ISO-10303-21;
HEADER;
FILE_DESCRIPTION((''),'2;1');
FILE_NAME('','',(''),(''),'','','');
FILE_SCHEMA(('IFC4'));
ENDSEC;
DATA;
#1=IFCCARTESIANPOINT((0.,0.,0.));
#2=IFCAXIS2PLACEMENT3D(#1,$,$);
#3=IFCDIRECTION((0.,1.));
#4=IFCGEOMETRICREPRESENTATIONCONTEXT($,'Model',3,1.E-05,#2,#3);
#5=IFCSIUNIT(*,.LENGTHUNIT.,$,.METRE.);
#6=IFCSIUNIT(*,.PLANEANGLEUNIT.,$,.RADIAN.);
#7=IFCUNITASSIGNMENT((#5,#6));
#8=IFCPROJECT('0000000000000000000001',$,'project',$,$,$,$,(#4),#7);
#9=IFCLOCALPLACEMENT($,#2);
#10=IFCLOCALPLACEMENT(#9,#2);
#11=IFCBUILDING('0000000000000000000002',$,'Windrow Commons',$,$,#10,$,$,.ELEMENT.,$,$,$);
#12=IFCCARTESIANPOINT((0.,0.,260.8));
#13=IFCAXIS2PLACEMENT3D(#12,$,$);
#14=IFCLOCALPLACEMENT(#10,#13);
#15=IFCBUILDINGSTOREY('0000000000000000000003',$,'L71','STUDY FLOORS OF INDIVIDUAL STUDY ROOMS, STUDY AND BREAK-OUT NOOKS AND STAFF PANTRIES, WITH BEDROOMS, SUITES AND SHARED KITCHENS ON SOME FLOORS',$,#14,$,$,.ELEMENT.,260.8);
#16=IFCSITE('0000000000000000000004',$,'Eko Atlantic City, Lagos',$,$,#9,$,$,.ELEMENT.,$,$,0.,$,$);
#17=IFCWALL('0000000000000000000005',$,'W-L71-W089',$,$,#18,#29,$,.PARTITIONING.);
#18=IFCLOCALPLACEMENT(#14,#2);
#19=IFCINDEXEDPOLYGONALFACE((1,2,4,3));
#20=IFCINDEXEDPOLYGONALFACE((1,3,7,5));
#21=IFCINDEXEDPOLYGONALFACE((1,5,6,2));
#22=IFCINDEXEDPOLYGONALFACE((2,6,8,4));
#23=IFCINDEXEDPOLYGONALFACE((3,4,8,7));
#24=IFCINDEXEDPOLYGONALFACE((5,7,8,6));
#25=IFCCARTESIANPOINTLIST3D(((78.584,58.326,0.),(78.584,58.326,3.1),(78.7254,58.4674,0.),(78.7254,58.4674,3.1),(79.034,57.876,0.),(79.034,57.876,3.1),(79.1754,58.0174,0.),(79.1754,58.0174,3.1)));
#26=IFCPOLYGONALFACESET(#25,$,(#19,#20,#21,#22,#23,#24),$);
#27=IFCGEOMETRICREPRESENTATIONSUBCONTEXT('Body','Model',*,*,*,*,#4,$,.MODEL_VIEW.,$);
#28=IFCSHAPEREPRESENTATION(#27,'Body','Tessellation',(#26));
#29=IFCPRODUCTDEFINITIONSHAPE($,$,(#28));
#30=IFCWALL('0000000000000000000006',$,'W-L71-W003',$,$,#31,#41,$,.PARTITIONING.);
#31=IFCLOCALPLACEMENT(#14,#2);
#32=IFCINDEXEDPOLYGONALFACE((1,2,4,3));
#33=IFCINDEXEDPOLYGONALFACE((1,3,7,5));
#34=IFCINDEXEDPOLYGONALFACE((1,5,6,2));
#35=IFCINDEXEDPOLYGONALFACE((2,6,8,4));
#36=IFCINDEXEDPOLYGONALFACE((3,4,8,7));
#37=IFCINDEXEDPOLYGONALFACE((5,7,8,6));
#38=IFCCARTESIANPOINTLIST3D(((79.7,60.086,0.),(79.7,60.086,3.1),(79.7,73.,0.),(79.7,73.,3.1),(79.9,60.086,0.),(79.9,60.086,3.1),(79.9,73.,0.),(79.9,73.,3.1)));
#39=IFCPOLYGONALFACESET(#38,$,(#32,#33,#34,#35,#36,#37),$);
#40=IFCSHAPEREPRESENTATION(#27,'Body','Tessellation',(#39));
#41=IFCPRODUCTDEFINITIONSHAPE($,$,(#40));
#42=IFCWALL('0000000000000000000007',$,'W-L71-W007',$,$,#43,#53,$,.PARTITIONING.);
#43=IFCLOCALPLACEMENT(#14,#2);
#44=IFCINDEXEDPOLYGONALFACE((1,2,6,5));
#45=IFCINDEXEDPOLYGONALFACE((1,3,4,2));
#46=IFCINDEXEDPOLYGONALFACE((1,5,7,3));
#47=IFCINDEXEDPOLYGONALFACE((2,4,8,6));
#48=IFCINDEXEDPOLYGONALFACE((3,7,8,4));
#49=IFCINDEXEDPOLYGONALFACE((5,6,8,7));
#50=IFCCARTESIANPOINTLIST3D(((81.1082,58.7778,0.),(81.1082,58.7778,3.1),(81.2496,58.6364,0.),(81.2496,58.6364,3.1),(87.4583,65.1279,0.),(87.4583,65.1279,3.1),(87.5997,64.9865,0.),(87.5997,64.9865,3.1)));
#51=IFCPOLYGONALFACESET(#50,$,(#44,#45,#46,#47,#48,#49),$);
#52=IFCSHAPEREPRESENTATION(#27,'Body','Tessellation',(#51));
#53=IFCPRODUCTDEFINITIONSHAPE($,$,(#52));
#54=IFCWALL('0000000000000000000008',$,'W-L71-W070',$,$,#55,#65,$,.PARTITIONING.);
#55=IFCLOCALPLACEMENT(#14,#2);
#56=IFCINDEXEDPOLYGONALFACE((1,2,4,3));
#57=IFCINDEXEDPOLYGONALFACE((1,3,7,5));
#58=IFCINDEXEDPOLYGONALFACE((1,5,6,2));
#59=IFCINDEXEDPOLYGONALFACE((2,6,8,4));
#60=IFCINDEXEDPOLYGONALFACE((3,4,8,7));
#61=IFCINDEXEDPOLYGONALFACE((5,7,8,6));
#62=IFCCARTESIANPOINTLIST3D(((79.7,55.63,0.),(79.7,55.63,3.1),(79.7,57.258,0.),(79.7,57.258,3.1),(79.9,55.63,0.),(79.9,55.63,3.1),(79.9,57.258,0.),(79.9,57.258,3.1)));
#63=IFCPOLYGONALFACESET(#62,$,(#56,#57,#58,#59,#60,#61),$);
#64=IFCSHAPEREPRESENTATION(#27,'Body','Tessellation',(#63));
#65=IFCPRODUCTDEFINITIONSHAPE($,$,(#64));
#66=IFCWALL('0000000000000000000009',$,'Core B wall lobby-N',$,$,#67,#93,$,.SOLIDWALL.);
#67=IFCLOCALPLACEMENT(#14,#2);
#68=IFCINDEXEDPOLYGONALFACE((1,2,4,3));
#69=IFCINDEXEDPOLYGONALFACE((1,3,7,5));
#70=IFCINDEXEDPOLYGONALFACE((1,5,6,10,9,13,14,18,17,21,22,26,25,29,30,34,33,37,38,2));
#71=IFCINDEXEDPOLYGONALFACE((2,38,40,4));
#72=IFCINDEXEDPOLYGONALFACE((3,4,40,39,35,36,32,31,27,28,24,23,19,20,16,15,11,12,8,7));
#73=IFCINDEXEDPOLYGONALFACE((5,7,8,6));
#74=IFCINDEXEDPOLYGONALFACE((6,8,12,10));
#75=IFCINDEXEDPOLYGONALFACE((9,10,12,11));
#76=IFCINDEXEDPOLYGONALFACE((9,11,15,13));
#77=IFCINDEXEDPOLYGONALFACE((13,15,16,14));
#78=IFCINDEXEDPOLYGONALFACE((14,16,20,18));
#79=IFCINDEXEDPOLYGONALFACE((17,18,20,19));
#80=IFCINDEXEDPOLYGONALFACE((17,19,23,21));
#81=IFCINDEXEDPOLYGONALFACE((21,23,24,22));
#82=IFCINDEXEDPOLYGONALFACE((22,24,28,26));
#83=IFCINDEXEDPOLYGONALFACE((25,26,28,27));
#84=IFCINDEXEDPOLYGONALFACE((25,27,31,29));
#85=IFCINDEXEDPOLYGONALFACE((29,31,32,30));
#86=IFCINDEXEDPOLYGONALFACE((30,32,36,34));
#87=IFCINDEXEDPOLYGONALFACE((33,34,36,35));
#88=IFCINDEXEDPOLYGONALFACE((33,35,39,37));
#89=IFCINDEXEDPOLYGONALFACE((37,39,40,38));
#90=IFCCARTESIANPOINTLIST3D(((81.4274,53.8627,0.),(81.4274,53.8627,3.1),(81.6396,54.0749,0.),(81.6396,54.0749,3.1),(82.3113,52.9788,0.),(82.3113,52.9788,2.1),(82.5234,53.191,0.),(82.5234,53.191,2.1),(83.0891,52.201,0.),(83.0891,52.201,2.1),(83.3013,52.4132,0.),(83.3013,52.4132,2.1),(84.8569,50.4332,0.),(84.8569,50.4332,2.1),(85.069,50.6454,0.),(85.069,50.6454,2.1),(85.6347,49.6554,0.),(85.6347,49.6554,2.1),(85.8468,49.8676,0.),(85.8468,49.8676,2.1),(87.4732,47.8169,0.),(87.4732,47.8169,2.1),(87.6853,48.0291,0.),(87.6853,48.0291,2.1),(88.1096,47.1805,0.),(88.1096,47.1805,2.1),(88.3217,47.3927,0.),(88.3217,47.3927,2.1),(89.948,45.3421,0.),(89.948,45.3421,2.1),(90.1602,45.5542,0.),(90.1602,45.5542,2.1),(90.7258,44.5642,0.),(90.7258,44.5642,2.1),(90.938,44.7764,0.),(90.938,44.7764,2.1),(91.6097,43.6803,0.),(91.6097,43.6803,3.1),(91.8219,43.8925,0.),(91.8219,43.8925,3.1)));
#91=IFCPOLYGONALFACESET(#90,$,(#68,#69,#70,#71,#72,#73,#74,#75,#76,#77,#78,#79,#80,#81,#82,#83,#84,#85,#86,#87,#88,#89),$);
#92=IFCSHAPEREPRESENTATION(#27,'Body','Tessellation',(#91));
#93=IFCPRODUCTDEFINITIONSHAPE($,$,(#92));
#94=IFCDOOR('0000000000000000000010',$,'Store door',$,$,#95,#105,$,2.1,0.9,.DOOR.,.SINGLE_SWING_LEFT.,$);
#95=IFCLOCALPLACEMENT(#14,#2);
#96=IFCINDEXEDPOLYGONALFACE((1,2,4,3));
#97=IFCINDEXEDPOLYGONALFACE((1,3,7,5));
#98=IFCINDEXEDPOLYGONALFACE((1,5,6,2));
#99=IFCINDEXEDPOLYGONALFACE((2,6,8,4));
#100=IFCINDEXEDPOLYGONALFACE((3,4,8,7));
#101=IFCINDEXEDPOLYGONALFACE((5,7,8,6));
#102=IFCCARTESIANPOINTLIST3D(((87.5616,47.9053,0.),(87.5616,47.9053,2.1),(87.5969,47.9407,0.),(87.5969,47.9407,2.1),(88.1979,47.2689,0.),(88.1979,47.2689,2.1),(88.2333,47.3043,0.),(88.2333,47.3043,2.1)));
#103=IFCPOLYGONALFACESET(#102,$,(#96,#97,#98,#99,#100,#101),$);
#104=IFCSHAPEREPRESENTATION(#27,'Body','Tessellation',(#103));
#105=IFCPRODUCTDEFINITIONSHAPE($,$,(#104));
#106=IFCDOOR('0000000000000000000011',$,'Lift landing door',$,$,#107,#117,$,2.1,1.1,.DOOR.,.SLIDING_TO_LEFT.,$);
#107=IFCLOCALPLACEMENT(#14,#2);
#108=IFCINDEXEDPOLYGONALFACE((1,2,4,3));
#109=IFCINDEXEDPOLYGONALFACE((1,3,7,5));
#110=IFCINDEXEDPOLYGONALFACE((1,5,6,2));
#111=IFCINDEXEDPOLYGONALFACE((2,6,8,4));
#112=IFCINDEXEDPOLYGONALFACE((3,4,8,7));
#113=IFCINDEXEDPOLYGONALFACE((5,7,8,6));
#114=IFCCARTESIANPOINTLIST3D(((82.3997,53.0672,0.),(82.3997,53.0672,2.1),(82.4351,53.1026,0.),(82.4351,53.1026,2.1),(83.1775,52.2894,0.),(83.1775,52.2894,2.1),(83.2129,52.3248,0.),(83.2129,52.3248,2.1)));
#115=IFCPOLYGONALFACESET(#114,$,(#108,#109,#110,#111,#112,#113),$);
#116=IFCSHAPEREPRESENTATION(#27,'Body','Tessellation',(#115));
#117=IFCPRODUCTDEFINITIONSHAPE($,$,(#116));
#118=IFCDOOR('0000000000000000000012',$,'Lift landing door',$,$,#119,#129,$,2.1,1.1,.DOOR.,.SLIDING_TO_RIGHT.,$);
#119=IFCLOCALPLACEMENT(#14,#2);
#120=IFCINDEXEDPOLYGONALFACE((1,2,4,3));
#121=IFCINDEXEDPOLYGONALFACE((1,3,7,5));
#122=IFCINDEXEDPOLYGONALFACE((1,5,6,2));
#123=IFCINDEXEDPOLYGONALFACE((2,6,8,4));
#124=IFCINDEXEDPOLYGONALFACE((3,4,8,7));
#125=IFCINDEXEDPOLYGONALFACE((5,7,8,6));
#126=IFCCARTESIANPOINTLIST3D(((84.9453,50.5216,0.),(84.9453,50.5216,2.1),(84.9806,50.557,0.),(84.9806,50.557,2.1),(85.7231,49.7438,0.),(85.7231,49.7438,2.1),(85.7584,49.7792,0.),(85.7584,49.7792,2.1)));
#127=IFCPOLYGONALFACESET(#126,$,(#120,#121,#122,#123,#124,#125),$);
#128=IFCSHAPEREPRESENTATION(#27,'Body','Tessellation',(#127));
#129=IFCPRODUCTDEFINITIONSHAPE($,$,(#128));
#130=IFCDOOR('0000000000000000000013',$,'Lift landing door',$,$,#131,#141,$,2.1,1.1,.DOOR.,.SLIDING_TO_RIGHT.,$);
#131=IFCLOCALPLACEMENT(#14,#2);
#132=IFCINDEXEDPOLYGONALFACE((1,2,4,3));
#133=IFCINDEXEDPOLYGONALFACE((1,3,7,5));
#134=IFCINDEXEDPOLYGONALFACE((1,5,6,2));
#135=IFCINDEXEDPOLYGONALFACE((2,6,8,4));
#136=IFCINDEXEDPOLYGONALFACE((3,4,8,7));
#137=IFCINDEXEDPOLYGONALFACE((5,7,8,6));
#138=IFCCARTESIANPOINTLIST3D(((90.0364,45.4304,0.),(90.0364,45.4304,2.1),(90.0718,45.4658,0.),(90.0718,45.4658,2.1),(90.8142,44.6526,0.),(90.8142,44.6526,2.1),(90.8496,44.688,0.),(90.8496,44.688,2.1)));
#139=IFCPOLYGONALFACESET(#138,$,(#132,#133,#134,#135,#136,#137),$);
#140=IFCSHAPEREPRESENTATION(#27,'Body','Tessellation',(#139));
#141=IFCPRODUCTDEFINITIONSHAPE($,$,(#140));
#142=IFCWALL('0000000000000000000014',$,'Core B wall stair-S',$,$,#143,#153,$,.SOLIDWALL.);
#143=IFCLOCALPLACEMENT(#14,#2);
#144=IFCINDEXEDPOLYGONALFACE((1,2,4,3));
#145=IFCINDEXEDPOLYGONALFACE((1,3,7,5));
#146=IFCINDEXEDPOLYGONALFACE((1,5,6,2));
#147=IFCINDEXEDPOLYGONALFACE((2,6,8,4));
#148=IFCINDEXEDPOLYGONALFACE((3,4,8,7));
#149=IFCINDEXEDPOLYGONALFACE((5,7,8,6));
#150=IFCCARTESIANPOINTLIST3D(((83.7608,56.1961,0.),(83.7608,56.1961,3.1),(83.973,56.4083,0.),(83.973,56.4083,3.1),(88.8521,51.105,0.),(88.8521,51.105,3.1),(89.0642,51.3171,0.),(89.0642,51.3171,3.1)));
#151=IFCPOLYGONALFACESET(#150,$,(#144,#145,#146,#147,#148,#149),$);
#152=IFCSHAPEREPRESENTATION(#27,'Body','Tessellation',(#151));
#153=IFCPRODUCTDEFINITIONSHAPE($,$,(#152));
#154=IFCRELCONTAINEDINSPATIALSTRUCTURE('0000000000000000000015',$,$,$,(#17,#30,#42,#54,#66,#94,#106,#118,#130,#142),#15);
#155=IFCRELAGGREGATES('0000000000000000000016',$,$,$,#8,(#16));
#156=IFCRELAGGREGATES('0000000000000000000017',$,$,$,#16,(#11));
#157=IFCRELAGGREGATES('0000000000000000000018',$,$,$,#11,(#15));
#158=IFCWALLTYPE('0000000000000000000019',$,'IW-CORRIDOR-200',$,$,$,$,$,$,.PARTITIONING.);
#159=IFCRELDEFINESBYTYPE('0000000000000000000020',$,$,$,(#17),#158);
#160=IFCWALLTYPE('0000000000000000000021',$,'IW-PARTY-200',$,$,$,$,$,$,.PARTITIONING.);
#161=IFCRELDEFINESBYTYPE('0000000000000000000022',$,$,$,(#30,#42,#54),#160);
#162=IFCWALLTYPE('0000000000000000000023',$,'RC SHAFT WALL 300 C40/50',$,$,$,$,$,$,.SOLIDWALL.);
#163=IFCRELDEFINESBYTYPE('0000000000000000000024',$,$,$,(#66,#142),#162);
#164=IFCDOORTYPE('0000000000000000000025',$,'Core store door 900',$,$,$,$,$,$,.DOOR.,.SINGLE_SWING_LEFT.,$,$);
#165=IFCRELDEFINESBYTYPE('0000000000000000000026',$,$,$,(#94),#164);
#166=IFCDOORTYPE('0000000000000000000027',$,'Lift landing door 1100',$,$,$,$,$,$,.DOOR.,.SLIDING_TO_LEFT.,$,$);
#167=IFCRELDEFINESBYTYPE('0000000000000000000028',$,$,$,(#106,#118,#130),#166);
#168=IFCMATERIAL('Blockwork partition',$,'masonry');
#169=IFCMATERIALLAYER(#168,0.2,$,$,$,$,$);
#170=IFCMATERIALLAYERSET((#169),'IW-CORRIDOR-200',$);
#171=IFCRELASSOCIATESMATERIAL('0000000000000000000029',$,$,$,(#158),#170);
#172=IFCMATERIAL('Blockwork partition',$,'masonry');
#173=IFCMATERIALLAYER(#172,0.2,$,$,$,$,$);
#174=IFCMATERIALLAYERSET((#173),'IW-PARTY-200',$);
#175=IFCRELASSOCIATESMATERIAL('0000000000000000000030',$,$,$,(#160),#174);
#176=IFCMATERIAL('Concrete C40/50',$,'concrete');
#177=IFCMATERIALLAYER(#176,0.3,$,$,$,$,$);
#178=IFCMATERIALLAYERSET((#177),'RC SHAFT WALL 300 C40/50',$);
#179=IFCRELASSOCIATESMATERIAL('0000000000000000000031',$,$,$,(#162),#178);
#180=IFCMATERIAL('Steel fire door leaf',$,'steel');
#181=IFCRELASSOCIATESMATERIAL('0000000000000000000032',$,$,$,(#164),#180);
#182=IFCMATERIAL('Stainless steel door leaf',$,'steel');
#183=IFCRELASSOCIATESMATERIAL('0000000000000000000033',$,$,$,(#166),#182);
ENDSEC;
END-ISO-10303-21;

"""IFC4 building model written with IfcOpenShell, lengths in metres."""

from ifc_helpers import new_model, si_unit, direction, frame, frame_2d, origin, place, context, subcontext, project, spatial, rectangle, extrude, material, layer, layer_set, type_object, element, fill, save


model = new_model("IFC4")

# Units and contexts
model_context = context("Model", 3, precision=1e-05, world=origin(), true_north=direction((0.0, 1.0)))
body_context = subcontext(model_context, "Body", "Model", "MODEL_VIEW")
ifc_project = project(units=[si_unit("LENGTHUNIT", "METRE"), si_unit("PLANEANGLEUNIT", "RADIAN")], contexts=[model_context])

# Site, building, storey
site_placement = place(None, origin())
site = spatial("IfcSite", under=ifc_project, at=site_placement, Name="Eko Atlantic City, Lagos", CompositionType="ELEMENT", RefElevation=0.0)
building_placement = place(site_placement, origin())
building = spatial("IfcBuilding", under=site, at=building_placement, Name="Windrow Commons", CompositionType="ELEMENT")
storey_placement = place(building_placement, frame((0.0, 0.0, 260.8)))
storey = spatial("IfcBuildingStorey", under=building, at=storey_placement, Name="L71", Description="STUDY FLOORS OF INDIVIDUAL STUDY ROOMS, STUDY AND BREAK-OUT NOOKS AND STAFF PANTRIES, WITH BEDROOMS, SUITES AND SHARED KITCHENS ON SOME FLOORS", CompositionType="ELEMENT", Elevation=260.8)

# Shared definitions
ifc_material_1 = material(Name="Blockwork partition", Category="masonry")
ifc_layer_1 = layer(ifc_material_1, 0.2)
ifc_layer_set_1 = layer_set([ifc_layer_1], Name="IW-CORRIDOR-200")
wall_type_1 = type_object("IfcWallType", Name="IW-CORRIDOR-200", PredefinedType="PARTITIONING", material=ifc_layer_set_1)

# Walls
wall_1_placement = place(storey_placement, frame((78.6547, 58.3967, 0.0), z_axis=(0.0, 0.0, 1.0), x_axis=(0.707107, -0.707107, 0.0)))
element("IfcWall", 1, at=wall_1_placement, inside=storey, type_object=wall_type_1, Name="W-L71-W089", PredefinedType="PARTITIONING", context=body_context, shape_type="SweptSolid", body=[
    extrude(rectangle(XDim=0.6364, YDim=0.2, at=frame_2d((0.3182, 0.0))), origin(), (0.0, 0.0, 1.0), 3.1),
])
ifc_material_2 = material(Name="Blockwork partition", Category="masonry")
ifc_layer_2 = layer(ifc_material_2, 0.2)
ifc_layer_set_2 = layer_set([ifc_layer_2], Name="IW-PARTY-200")
wall_type_2 = type_object("IfcWallType", Name="IW-PARTY-200", PredefinedType="PARTITIONING", material=ifc_layer_set_2)
wall_2_placement = place(storey_placement, frame((79.8, 60.086, 0.0), z_axis=(0.0, 0.0, 1.0), x_axis=(0.0, 1.0, 0.0)))
element("IfcWall", 2, at=wall_2_placement, inside=storey, type_object=wall_type_2, Name="W-L71-W003", PredefinedType="PARTITIONING", context=body_context, shape_type="SweptSolid", body=[
    extrude(rectangle(XDim=12.914, YDim=0.2, at=frame_2d((6.457, 0.0))), origin(), (0.0, 0.0, 1.0), 3.1),
])
wall_3_placement = place(storey_placement, frame((81.1789, 58.7071, 0.0), z_axis=(0.0, 0.0, 1.0), x_axis=(0.707107, 0.707107, 0.0)))
element("IfcWall", 3, at=wall_3_placement, inside=storey, type_object=wall_type_2, Name="W-L71-W007", PredefinedType="PARTITIONING", context=body_context, shape_type="SweptSolid", body=[
    extrude(rectangle(XDim=8.9804, YDim=0.2, at=frame_2d((4.4902, 0.0))), origin(), (0.0, 0.0, 1.0), 3.1),
])
wall_4_placement = place(storey_placement, frame((79.8, 55.63, 0.0), z_axis=(0.0, 0.0, 1.0), x_axis=(0.0, 1.0, 0.0)))
element("IfcWall", 4, at=wall_4_placement, inside=storey, type_object=wall_type_2, Name="W-L71-W070", PredefinedType="PARTITIONING", context=body_context, shape_type="SweptSolid", body=[
    extrude(rectangle(XDim=1.628, YDim=0.2, at=frame_2d((0.814, 0.0))), origin(), (0.0, 0.0, 1.0), 3.1),
])

# Wall, openings, doors
ifc_material_3 = material(Name="Concrete C40/50", Category="concrete")
ifc_layer_3 = layer(ifc_material_3, 0.3)
ifc_layer_set_3 = layer_set([ifc_layer_3], Name="RC SHAFT WALL 300 C40/50")
wall_type_3 = type_object("IfcWallType", Name="RC SHAFT WALL 300 C40/50", PredefinedType="SOLIDWALL", material=ifc_layer_set_3)
wall_5_placement = place(storey_placement, frame((81.5335, 53.9688, 0.0), z_axis=(0.0, 0.0, 1.0), x_axis=(0.707103, -0.70711, 0.0)))
wall_5 = element("IfcWall", 5, at=wall_5_placement, inside=storey, type_object=wall_type_3, Name="Core B wall lobby-N", PredefinedType="SOLIDWALL", context=body_context, shape_type="SweptSolid", body=[
    extrude(rectangle(XDim=14.4, YDim=0.3, at=frame_2d((7.2, 0.0))), origin(), (0.0, 0.0, 1.0), 3.1),
])
opening_1_placement = place(wall_5_placement, frame((8.55, 0.0, 0.0)))
opening_1 = element("IfcOpeningElement", 6, at=opening_1_placement, cuts=wall_5, PredefinedType="OPENING", context=body_context, shape_type="SweptSolid", body=[
    extrude(rectangle(XDim=0.9, YDim=2.1, at=frame_2d((0.45, 1.05))), frame((0.0, 0.16, 0.0), z_axis=(0.0, -1.0, 0.0), x_axis=(1.0, 0.0, 0.0)), (0.0, 0.0, 1.0), 0.32),
])
opening_2_placement = place(wall_5_placement, frame((1.25, 0.0, 0.0)))
opening_2 = element("IfcOpeningElement", 7, at=opening_2_placement, cuts=wall_5, PredefinedType="OPENING", context=body_context, shape_type="SweptSolid", body=[
    extrude(rectangle(XDim=1.1, YDim=2.1, at=frame_2d((0.55, 1.05))), frame((0.0, 0.16, 0.0), z_axis=(0.0, -1.0, 0.0), x_axis=(1.0, 0.0, 0.0)), (0.0, 0.0, 1.0), 0.32),
])
opening_3_placement = place(wall_5_placement, frame((4.85, 0.0, 0.0)))
opening_3 = element("IfcOpeningElement", 8, at=opening_3_placement, cuts=wall_5, PredefinedType="OPENING", context=body_context, shape_type="SweptSolid", body=[
    extrude(rectangle(XDim=1.1, YDim=2.1, at=frame_2d((0.55, 1.05))), frame((0.0, 0.16, 0.0), z_axis=(0.0, -1.0, 0.0), x_axis=(1.0, 0.0, 0.0)), (0.0, 0.0, 1.0), 0.32),
])
opening_4_placement = place(wall_5_placement, frame((12.05, 0.0, 0.0)))
opening_4 = element("IfcOpeningElement", 9, at=opening_4_placement, cuts=wall_5, PredefinedType="OPENING", context=body_context, shape_type="SweptSolid", body=[
    extrude(rectangle(XDim=1.1, YDim=2.1, at=frame_2d((0.55, 1.05))), frame((0.0, 0.16, 0.0), z_axis=(0.0, -1.0, 0.0), x_axis=(1.0, 0.0, 0.0)), (0.0, 0.0, 1.0), 0.32),
])
ifc_material_4 = material(Name="Steel fire door leaf", Category="steel")
door_type_1 = type_object("IfcDoorType", Name="Core store door 900", OperationType="SINGLE_SWING_LEFT", PredefinedType="DOOR", material=ifc_material_4)
door_1_placement = place(opening_1_placement, origin())
door_1 = element("IfcDoor", 10, at=door_1_placement, inside=storey, type_object=door_type_1, Name="Store door", OperationType="SINGLE_SWING_LEFT", OverallHeight=2.1, OverallWidth=0.9, PredefinedType="DOOR", context=body_context, shape_type="SweptSolid", body=[
    extrude(rectangle(XDim=0.9, YDim=2.1, at=frame_2d((0.45, 1.05))), frame((0.0, 0.025, 0.0), z_axis=(0.0, -1.0, 0.0), x_axis=(1.0, 0.0, 0.0)), (0.0, 0.0, 1.0), 0.05),
])
fill(opening_1, door_1)
ifc_material_5 = material(Name="Stainless steel door leaf", Category="steel")
door_type_2 = type_object("IfcDoorType", Name="Lift landing door 1100", OperationType="SLIDING_TO_LEFT", PredefinedType="DOOR", material=ifc_material_5)
door_2_placement = place(opening_2_placement, origin())
door_2 = element("IfcDoor", 11, at=door_2_placement, inside=storey, type_object=door_type_2, Name="Lift landing door", OperationType="SLIDING_TO_LEFT", OverallHeight=2.1, OverallWidth=1.1, PredefinedType="DOOR", context=body_context, shape_type="SweptSolid", body=[
    extrude(rectangle(XDim=1.1, YDim=2.1, at=frame_2d((0.55, 1.05))), frame((0.0, 0.025, 0.0), z_axis=(0.0, -1.0, 0.0), x_axis=(1.0, 0.0, 0.0)), (0.0, 0.0, 1.0), 0.05),
])
fill(opening_2, door_2)
door_3_placement = place(opening_3_placement, origin())
door_3 = element("IfcDoor", 12, at=door_3_placement, inside=storey, type_object=door_type_2, Name="Lift landing door", OperationType="SLIDING_TO_RIGHT", OverallHeight=2.1, OverallWidth=1.1, PredefinedType="DOOR", context=body_context, shape_type="SweptSolid", body=[
    extrude(rectangle(XDim=1.1, YDim=2.1, at=frame_2d((0.55, 1.05))), frame((0.0, 0.025, 0.0), z_axis=(0.0, -1.0, 0.0), x_axis=(1.0, 0.0, 0.0)), (0.0, 0.0, 1.0), 0.05),
])
fill(opening_3, door_3)
door_4_placement = place(opening_4_placement, origin())
door_4 = element("IfcDoor", 13, at=door_4_placement, inside=storey, type_object=door_type_2, Name="Lift landing door", OperationType="SLIDING_TO_RIGHT", OverallHeight=2.1, OverallWidth=1.1, PredefinedType="DOOR", context=body_context, shape_type="SweptSolid", body=[
    extrude(rectangle(XDim=1.1, YDim=2.1, at=frame_2d((0.55, 1.05))), frame((0.0, 0.025, 0.0), z_axis=(0.0, -1.0, 0.0), x_axis=(1.0, 0.0, 0.0)), (0.0, 0.0, 1.0), 0.05),
])
fill(opening_4, door_4)

# Wall
wall_6_placement = place(storey_placement, frame((83.8669, 56.3022, 0.0), z_axis=(0.0, 0.0, 1.0), x_axis=(0.707114, -0.7071, 0.0)))
element("IfcWall", 14, at=wall_6_placement, inside=storey, type_object=wall_type_3, Name="Core B wall stair-S", PredefinedType="SOLIDWALL", context=body_context, shape_type="SweptSolid", body=[
    extrude(rectangle(XDim=7.2, YDim=0.3, at=frame_2d((3.6, 0.0))), origin(), (0.0, 0.0, 1.0), 3.1),
])

save(model, "model.ifc")
